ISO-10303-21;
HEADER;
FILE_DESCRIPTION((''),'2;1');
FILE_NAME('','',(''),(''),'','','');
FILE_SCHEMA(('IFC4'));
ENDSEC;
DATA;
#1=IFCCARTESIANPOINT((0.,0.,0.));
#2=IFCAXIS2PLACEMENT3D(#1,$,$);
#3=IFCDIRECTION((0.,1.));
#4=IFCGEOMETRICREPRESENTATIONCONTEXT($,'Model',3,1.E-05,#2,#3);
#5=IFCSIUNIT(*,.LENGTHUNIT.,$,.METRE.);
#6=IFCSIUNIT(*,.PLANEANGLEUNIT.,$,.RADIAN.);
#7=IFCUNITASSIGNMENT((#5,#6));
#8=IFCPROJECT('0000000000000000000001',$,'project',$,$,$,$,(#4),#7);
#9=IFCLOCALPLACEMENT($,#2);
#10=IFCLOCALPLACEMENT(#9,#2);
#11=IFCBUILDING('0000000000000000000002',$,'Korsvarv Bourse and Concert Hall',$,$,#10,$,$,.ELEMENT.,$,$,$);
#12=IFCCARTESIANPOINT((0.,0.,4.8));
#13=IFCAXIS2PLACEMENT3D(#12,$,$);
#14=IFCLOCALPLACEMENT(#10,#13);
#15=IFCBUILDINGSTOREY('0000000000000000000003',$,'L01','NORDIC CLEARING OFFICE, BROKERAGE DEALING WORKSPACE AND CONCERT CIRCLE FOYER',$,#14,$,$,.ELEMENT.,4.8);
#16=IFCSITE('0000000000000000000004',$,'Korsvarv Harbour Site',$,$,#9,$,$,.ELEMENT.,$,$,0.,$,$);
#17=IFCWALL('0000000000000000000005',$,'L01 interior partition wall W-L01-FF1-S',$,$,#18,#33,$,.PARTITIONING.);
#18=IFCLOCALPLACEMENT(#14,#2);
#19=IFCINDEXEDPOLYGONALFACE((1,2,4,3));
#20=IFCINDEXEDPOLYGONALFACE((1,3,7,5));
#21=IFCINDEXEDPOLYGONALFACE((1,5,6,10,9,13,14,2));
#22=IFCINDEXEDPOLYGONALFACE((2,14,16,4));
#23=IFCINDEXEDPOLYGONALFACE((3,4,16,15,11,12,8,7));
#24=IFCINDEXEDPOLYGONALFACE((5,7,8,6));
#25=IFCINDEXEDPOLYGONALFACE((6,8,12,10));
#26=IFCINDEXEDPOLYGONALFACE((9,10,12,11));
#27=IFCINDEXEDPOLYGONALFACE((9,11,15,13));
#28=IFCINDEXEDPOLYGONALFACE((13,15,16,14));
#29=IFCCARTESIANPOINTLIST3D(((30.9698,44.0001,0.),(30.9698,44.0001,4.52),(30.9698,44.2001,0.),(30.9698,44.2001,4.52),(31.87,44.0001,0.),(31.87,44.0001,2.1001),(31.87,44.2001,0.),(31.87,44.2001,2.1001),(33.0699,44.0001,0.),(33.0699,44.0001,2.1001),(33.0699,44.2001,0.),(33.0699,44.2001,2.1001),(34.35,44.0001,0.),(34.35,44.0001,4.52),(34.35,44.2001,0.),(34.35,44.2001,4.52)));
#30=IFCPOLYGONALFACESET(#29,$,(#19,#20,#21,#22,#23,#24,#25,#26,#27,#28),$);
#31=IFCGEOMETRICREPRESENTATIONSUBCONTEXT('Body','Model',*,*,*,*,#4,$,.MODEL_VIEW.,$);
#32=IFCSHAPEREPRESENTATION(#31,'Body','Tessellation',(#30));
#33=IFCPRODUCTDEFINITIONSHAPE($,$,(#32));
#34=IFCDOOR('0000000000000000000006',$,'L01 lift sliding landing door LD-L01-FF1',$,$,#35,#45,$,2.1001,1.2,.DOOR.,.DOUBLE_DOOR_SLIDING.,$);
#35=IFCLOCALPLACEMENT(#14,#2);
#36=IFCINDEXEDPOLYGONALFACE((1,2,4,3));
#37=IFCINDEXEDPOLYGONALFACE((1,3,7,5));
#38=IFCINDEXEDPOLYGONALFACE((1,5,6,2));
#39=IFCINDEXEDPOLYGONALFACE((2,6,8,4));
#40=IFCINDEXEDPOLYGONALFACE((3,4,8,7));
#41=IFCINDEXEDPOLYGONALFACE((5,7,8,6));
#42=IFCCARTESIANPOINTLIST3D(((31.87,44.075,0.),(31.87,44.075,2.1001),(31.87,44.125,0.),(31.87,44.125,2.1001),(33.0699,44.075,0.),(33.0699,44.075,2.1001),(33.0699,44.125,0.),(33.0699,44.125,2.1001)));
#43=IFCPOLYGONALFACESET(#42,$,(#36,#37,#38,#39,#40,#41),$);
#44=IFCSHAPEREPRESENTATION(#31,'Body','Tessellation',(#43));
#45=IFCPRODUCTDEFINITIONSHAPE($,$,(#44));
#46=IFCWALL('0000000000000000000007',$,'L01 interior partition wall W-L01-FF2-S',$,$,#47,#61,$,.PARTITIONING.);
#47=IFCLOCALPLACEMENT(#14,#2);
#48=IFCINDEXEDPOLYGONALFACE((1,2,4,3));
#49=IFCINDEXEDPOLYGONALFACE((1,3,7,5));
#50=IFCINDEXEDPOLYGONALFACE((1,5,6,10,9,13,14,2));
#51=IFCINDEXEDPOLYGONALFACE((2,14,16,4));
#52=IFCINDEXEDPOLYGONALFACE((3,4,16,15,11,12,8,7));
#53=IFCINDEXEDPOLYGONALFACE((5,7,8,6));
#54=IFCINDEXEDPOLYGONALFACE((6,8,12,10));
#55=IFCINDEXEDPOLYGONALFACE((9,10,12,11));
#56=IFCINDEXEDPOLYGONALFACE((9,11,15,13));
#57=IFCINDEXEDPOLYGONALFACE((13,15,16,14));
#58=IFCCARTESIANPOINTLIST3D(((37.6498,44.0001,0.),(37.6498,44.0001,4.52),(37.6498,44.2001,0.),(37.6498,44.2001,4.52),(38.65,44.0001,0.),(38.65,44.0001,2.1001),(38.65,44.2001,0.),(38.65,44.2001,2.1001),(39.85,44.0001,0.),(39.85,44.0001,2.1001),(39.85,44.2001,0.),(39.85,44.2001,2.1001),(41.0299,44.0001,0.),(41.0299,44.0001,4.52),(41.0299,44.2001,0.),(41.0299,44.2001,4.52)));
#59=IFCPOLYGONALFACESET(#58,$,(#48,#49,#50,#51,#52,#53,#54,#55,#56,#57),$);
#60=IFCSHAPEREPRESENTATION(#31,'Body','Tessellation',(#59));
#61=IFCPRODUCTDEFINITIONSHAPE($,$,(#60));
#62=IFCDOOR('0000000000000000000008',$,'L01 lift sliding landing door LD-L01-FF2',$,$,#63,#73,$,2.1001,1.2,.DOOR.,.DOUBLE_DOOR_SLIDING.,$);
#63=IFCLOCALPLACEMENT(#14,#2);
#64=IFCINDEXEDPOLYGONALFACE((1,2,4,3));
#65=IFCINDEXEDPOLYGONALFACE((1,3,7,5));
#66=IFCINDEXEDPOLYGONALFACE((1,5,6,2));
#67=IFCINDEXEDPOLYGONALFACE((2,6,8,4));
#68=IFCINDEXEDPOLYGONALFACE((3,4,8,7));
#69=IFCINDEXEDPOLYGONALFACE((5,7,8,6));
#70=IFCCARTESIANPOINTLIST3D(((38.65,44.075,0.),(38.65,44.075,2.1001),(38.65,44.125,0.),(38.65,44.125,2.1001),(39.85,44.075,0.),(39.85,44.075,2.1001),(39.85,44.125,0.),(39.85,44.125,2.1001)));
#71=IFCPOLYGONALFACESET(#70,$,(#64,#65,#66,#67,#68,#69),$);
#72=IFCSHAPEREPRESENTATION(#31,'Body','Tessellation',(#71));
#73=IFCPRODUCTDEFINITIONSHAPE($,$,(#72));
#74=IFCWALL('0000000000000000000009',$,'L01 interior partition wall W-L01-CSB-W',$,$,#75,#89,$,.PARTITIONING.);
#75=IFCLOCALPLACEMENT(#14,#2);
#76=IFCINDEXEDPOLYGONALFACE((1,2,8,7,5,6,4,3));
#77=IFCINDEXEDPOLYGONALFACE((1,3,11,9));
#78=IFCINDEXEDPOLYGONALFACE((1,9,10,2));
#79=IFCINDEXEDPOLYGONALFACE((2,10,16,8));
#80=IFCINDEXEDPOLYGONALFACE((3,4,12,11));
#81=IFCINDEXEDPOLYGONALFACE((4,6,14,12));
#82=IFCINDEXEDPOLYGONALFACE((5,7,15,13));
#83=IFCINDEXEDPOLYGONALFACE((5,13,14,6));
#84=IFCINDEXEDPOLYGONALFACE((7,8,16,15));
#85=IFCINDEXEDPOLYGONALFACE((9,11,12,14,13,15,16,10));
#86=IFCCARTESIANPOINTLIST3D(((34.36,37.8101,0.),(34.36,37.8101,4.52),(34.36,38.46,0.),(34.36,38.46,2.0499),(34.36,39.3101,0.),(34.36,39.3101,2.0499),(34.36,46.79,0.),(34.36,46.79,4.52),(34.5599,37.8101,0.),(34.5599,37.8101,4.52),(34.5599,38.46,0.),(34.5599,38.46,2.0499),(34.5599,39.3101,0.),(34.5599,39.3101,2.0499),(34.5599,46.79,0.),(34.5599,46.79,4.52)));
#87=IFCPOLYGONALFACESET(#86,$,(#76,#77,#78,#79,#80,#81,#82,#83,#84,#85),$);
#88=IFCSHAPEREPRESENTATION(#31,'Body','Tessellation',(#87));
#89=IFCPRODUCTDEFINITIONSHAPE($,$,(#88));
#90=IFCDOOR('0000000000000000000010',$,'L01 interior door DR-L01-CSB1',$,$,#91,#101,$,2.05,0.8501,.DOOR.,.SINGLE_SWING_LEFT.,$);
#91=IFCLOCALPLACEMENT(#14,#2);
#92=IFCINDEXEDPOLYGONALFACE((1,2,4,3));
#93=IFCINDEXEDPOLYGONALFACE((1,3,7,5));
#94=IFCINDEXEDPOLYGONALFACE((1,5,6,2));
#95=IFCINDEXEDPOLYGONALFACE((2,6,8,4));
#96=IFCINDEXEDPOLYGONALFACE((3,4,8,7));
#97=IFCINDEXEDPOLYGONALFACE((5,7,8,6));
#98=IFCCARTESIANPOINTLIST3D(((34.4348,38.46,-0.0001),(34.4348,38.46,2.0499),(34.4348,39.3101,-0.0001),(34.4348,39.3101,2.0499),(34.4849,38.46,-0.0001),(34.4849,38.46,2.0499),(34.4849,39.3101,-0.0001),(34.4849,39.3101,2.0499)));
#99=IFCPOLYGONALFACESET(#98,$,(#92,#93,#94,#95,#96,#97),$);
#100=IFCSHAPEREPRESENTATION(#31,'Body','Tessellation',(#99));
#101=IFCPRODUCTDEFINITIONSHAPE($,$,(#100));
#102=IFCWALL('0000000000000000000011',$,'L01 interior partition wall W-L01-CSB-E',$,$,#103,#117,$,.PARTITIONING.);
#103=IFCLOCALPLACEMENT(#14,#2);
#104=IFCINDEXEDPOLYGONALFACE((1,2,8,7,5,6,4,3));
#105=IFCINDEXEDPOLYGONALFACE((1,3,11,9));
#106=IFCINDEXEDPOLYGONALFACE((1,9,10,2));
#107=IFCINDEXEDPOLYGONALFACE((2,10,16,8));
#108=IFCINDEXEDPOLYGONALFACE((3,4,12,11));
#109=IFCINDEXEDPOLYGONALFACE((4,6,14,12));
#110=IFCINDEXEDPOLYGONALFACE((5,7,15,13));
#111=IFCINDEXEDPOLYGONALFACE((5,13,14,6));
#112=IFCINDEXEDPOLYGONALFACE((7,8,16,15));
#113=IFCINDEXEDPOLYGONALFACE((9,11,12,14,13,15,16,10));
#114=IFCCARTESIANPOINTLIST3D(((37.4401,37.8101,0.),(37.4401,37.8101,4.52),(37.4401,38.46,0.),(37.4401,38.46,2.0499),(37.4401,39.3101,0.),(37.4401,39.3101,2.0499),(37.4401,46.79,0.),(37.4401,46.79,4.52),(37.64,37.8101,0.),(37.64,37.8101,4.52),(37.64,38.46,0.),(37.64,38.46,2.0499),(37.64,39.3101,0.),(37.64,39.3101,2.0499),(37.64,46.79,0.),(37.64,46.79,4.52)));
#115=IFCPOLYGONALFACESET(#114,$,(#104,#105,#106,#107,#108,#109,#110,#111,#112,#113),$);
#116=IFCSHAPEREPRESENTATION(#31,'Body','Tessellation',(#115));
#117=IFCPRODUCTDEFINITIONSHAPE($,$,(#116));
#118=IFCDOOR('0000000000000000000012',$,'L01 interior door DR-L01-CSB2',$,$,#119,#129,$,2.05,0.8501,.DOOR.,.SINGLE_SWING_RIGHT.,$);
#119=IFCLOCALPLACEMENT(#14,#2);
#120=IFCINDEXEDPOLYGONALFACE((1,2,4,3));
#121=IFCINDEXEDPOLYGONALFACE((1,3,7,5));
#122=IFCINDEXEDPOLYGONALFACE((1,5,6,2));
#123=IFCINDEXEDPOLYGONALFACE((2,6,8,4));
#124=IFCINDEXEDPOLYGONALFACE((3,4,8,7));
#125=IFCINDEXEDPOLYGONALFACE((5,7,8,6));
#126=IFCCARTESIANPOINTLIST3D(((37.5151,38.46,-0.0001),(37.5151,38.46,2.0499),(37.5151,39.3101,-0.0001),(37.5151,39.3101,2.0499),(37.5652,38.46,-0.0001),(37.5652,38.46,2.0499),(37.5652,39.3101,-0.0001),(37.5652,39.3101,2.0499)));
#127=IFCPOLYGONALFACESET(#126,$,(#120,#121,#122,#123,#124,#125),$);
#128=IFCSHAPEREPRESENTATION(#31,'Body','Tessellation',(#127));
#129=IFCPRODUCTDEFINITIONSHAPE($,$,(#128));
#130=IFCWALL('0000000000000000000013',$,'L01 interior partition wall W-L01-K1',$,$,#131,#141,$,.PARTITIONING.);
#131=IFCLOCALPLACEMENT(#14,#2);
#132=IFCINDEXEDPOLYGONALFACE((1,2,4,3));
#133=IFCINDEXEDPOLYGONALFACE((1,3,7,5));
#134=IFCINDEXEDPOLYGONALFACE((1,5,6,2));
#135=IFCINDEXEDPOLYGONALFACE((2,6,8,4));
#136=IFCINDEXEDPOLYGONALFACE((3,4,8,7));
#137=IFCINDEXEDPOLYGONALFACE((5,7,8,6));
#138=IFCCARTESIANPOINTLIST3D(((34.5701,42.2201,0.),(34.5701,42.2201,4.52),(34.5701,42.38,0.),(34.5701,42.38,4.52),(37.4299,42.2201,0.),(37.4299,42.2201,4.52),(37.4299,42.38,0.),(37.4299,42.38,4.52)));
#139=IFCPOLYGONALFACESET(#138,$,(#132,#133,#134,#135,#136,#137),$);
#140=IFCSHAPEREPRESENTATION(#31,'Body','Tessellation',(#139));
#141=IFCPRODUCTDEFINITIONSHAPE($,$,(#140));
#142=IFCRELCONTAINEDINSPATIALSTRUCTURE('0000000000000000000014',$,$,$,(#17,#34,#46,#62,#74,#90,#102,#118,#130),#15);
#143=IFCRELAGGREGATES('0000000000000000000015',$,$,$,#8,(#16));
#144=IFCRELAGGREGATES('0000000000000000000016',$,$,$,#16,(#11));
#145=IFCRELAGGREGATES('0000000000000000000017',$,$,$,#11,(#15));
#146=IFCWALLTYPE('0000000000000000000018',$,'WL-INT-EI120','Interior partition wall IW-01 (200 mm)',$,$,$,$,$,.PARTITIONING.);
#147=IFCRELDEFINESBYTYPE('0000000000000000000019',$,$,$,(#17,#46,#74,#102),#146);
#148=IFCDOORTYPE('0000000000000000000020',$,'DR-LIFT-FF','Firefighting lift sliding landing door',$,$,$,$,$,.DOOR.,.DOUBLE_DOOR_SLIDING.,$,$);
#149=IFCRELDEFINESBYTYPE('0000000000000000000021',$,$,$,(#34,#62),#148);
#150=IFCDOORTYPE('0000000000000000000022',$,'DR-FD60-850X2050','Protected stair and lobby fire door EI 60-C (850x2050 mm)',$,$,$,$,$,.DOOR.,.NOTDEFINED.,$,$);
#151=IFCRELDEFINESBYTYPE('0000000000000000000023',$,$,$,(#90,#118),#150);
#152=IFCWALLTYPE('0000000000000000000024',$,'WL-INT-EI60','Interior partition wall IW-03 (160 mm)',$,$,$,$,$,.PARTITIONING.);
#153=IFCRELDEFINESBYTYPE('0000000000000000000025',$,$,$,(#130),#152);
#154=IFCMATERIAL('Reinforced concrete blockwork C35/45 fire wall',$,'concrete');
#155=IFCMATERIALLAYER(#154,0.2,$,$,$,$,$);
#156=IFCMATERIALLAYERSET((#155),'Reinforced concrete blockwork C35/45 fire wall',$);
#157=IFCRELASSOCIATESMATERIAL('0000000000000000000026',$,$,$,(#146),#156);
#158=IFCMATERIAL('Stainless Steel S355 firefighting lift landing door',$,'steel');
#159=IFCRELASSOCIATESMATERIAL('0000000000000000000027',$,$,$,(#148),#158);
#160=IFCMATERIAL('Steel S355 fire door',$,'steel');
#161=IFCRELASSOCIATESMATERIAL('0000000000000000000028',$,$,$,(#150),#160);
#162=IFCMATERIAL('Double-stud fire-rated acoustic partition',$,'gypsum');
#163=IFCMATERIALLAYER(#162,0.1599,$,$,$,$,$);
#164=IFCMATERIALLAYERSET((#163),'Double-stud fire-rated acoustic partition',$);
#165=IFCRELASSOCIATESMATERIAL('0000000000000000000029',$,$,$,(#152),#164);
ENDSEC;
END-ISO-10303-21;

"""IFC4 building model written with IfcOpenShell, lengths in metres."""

from ifc_helpers import new_model, si_unit, direction, frame, frame_2d, origin, place, context, subcontext, project, spatial, rectangle, extrude, material, layer, layer_set, type_object, element, fill, save


model = new_model("IFC4")

# Units and contexts
model_context = context("Model", 3, precision=1e-05, world=origin(), true_north=direction((0.0, 1.0)))
body_context = subcontext(model_context, "Body", "Model", "MODEL_VIEW")
ifc_project = project(units=[si_unit("LENGTHUNIT", "METRE"), si_unit("PLANEANGLEUNIT", "RADIAN")], contexts=[model_context])

# Site, building, storey
site_placement = place(None, origin())
site = spatial("IfcSite", under=ifc_project, at=site_placement, Name="Korsvarv Harbour Site", CompositionType="ELEMENT", RefElevation=0.0)
building_placement = place(site_placement, origin())
building = spatial("IfcBuilding", under=site, at=building_placement, Name="Korsvarv Bourse and Concert Hall", CompositionType="ELEMENT")
storey_placement = place(building_placement, frame((0.0, 0.0, 4.8)))
storey = spatial("IfcBuildingStorey", under=building, at=storey_placement, Name="L01", Description="NORDIC CLEARING OFFICE, BROKERAGE DEALING WORKSPACE AND CONCERT CIRCLE FOYER", CompositionType="ELEMENT", Elevation=4.8)

# Shared definitions
ifc_material_1 = material(Name="Steel S355 fire door", Category="steel")

# Walls, openings, doors
ifc_material_2 = material(Name="Reinforced concrete blockwork C35/45 fire wall", Category="concrete")
ifc_layer_1 = layer(ifc_material_2, 0.2)
ifc_layer_set_1 = layer_set([ifc_layer_1], Name="Reinforced concrete blockwork C35/45 fire wall")
wall_type_1 = type_object("IfcWallType", Name="WL-INT-EI120", Description="Interior partition wall IW-01 (200 mm)", PredefinedType="PARTITIONING", material=ifc_layer_set_1)
wall_1_placement = place(storey_placement, frame((30.97, 44.1001, 0.0), z_axis=(0.0, 0.0, 1.0), x_axis=(1.0, 0.0, 0.0)))
wall_1 = element("IfcWall", 1, at=wall_1_placement, inside=storey, type_object=wall_type_1, Name="L01 interior partition wall W-L01-FF1-S", PredefinedType="PARTITIONING", context=body_context, shape_type="SweptSolid", body=[
    extrude(rectangle(XDim=3.3801, YDim=0.2, at=frame_2d((1.6899, 0.0))), origin(), (0.0, 0.0, 1.0), 4.52),
])
opening_1_placement = place(wall_1_placement, frame((0.8999, 0.0, 0.0)))
opening_1 = element("IfcOpeningElement", 2, at=opening_1_placement, cuts=wall_1, PredefinedType="OPENING", context=body_context, shape_type="SweptSolid", body=[
    extrude(rectangle(XDim=1.2, YDim=2.1001, at=frame_2d((0.6001, 1.05))), frame((0.0, 0.1099, 0.0), z_axis=(0.0, -1.0, 0.0), x_axis=(1.0, 0.0, 0.0)), (0.0, 0.0, 1.0), 0.22),
])
ifc_material_3 = material(Name="Stainless Steel S355 firefighting lift landing door", Category="steel")
door_type_1 = type_object("IfcDoorType", Name="DR-LIFT-FF", Description="Firefighting lift sliding landing door", OperationType="DOUBLE_DOOR_SLIDING", PredefinedType="DOOR", material=ifc_material_3)
door_1_placement = place(opening_1_placement, origin())
door_1 = element("IfcDoor", 3, at=door_1_placement, inside=storey, type_object=door_type_1, Name="L01 lift sliding landing door LD-L01-FF1", OperationType="DOUBLE_DOOR_SLIDING", OverallHeight=2.1001, OverallWidth=1.2, PredefinedType="DOOR", context=body_context, shape_type="SweptSolid", body=[
    extrude(rectangle(XDim=1.2, YDim=2.1001, at=frame_2d((0.6001, 1.05))), frame((0.0, 0.0249, 0.0), z_axis=(0.0, -1.0, 0.0), x_axis=(1.0, 0.0, 0.0)), (0.0, 0.0, 1.0), 0.05),
])
fill(opening_1, door_1)
wall_2_placement = place(storey_placement, frame((37.6499, 44.1001, 0.0), z_axis=(0.0, 0.0, 1.0), x_axis=(1.0, 0.0, 0.0)))
wall_2 = element("IfcWall", 4, at=wall_2_placement, inside=storey, type_object=wall_type_1, Name="L01 interior partition wall W-L01-FF2-S", PredefinedType="PARTITIONING", context=body_context, shape_type="SweptSolid", body=[
    extrude(rectangle(XDim=3.3801, YDim=0.2, at=frame_2d((1.6899, 0.0))), origin(), (0.0, 0.0, 1.0), 4.52),
])
opening_2_placement = place(wall_2_placement, frame((1.0, 0.0, 0.0)))
opening_2 = element("IfcOpeningElement", 5, at=opening_2_placement, cuts=wall_2, PredefinedType="OPENING", context=body_context, shape_type="SweptSolid", body=[
    extrude(rectangle(XDim=1.2, YDim=2.1001, at=frame_2d((0.6001, 1.05))), frame((0.0, 0.1099, 0.0), z_axis=(0.0, -1.0, 0.0), x_axis=(1.0, 0.0, 0.0)), (0.0, 0.0, 1.0), 0.22),
])
door_2_placement = place(opening_2_placement, origin())
door_2 = element("IfcDoor", 6, at=door_2_placement, inside=storey, type_object=door_type_1, Name="L01 lift sliding landing door LD-L01-FF2", OperationType="DOUBLE_DOOR_SLIDING", OverallHeight=2.1001, OverallWidth=1.2, PredefinedType="DOOR", context=body_context, shape_type="SweptSolid", body=[
    extrude(rectangle(XDim=1.2, YDim=2.1001, at=frame_2d((0.6001, 1.05))), frame((0.0, 0.0249, 0.0), z_axis=(0.0, -1.0, 0.0), x_axis=(1.0, 0.0, 0.0)), (0.0, 0.0, 1.0), 0.05),
])
fill(opening_2, door_2)
wall_3_placement = place(storey_placement, frame((34.46, 37.8101, 0.0), z_axis=(0.0, 0.0, 1.0), x_axis=(0.0, 1.0, 0.0)))
wall_3 = element("IfcWall", 7, at=wall_3_placement, inside=storey, type_object=wall_type_1, Name="L01 interior partition wall W-L01-CSB-W", PredefinedType="PARTITIONING", context=body_context, shape_type="SweptSolid", body=[
    extrude(rectangle(XDim=8.98, YDim=0.2, at=frame_2d((4.49, 0.0))), origin(), (0.0, 0.0, 1.0), 4.52),
])
opening_3_placement = place(wall_3_placement, frame((0.6499, 0.0, 0.0)))
opening_3 = element("IfcOpeningElement", 8, at=opening_3_placement, cuts=wall_3, PredefinedType="OPENING", context=body_context, shape_type="SweptSolid", body=[
    extrude(rectangle(XDim=0.8501, YDim=2.05, at=frame_2d((0.425, 1.0249))), frame((0.0, 0.1099, 0.0), z_axis=(0.0, -1.0, 0.0), x_axis=(1.0, 0.0, 0.0)), (0.0, 0.0, 1.0), 0.22),
])
door_type_2 = type_object("IfcDoorType", Name="DR-FD60-850X2050", Description="Protected stair and lobby fire door EI 60-C (850x2050 mm)", OperationType="NOTDEFINED", PredefinedType="DOOR", material=ifc_material_1)
door_3_placement = place(opening_3_placement, frame((0.8501, 0.0, 0.0), z_axis=(0.0, 0.0, 1.0), x_axis=(-1.0, 0.0, 0.0)))
door_3 = element("IfcDoor", 9, at=door_3_placement, inside=storey, type_object=door_type_2, Name="L01 interior door DR-L01-CSB1", OperationType="SINGLE_SWING_LEFT", OverallHeight=2.05, OverallWidth=0.8501, PredefinedType="DOOR", context=body_context, shape_type="SweptSolid", body=[
    extrude(rectangle(XDim=0.8501, YDim=2.05, at=frame_2d((0.425, 1.0249))), frame((0.0, 0.0249, 0.0), z_axis=(0.0, -1.0, 0.0), x_axis=(1.0, 0.0, 0.0)), (0.0, 0.0, 1.0), 0.05),
])
fill(opening_3, door_3)
wall_4_placement = place(storey_placement, frame((37.54, 37.8101, 0.0), z_axis=(0.0, 0.0, 1.0), x_axis=(0.0, 1.0, 0.0)))
wall_4 = element("IfcWall", 10, at=wall_4_placement, inside=storey, type_object=wall_type_1, Name="L01 interior partition wall W-L01-CSB-E", PredefinedType="PARTITIONING", context=body_context, shape_type="SweptSolid", body=[
    extrude(rectangle(XDim=8.98, YDim=0.2, at=frame_2d((4.49, 0.0))), origin(), (0.0, 0.0, 1.0), 4.52),
])
opening_4_placement = place(wall_4_placement, frame((0.6499, 0.0, 0.0)))
opening_4 = element("IfcOpeningElement", 11, at=opening_4_placement, cuts=wall_4, PredefinedType="OPENING", context=body_context, shape_type="SweptSolid", body=[
    extrude(rectangle(XDim=0.8501, YDim=2.05, at=frame_2d((0.425, 1.0249))), frame((0.0, 0.1099, 0.0), z_axis=(0.0, -1.0, 0.0), x_axis=(1.0, 0.0, 0.0)), (0.0, 0.0, 1.0), 0.22),
])
door_4_placement = place(opening_4_placement, origin())
door_4 = element("IfcDoor", 12, at=door_4_placement, inside=storey, type_object=door_type_2, Name="L01 interior door DR-L01-CSB2", OperationType="SINGLE_SWING_RIGHT", OverallHeight=2.05, OverallWidth=0.8501, PredefinedType="DOOR", context=body_context, shape_type="SweptSolid", body=[
    extrude(rectangle(XDim=0.8501, YDim=2.05, at=frame_2d((0.425, 1.0249))), frame((0.0, 0.0249, 0.0), z_axis=(0.0, -1.0, 0.0), x_axis=(1.0, 0.0, 0.0)), (0.0, 0.0, 1.0), 0.05),
])
fill(opening_4, door_4)

# Wall
ifc_material_4 = material(Name="Double-stud fire-rated acoustic partition", Category="gypsum")
ifc_layer_2 = layer(ifc_material_4, 0.1599)
ifc_layer_set_2 = layer_set([ifc_layer_2], Name="Double-stud fire-rated acoustic partition")
wall_type_2 = type_object("IfcWallType", Name="WL-INT-EI60", Description="Interior partition wall IW-03 (160 mm)", PredefinedType="PARTITIONING", material=ifc_layer_set_2)
wall_5_placement = place(storey_placement, frame((34.5701, 42.3, 0.0), z_axis=(0.0, 0.0, 1.0), x_axis=(1.0, 0.0, 0.0)))
element("IfcWall", 13, at=wall_5_placement, inside=storey, type_object=wall_type_2, Name="L01 interior partition wall W-L01-K1", PredefinedType="PARTITIONING", context=body_context, shape_type="SweptSolid", body=[
    extrude(rectangle(XDim=2.8599, YDim=0.1599, at=frame_2d((1.4299, 0.0))), origin(), (0.0, 0.0, 1.0), 4.52),
])

save(model, "model.ifc")
